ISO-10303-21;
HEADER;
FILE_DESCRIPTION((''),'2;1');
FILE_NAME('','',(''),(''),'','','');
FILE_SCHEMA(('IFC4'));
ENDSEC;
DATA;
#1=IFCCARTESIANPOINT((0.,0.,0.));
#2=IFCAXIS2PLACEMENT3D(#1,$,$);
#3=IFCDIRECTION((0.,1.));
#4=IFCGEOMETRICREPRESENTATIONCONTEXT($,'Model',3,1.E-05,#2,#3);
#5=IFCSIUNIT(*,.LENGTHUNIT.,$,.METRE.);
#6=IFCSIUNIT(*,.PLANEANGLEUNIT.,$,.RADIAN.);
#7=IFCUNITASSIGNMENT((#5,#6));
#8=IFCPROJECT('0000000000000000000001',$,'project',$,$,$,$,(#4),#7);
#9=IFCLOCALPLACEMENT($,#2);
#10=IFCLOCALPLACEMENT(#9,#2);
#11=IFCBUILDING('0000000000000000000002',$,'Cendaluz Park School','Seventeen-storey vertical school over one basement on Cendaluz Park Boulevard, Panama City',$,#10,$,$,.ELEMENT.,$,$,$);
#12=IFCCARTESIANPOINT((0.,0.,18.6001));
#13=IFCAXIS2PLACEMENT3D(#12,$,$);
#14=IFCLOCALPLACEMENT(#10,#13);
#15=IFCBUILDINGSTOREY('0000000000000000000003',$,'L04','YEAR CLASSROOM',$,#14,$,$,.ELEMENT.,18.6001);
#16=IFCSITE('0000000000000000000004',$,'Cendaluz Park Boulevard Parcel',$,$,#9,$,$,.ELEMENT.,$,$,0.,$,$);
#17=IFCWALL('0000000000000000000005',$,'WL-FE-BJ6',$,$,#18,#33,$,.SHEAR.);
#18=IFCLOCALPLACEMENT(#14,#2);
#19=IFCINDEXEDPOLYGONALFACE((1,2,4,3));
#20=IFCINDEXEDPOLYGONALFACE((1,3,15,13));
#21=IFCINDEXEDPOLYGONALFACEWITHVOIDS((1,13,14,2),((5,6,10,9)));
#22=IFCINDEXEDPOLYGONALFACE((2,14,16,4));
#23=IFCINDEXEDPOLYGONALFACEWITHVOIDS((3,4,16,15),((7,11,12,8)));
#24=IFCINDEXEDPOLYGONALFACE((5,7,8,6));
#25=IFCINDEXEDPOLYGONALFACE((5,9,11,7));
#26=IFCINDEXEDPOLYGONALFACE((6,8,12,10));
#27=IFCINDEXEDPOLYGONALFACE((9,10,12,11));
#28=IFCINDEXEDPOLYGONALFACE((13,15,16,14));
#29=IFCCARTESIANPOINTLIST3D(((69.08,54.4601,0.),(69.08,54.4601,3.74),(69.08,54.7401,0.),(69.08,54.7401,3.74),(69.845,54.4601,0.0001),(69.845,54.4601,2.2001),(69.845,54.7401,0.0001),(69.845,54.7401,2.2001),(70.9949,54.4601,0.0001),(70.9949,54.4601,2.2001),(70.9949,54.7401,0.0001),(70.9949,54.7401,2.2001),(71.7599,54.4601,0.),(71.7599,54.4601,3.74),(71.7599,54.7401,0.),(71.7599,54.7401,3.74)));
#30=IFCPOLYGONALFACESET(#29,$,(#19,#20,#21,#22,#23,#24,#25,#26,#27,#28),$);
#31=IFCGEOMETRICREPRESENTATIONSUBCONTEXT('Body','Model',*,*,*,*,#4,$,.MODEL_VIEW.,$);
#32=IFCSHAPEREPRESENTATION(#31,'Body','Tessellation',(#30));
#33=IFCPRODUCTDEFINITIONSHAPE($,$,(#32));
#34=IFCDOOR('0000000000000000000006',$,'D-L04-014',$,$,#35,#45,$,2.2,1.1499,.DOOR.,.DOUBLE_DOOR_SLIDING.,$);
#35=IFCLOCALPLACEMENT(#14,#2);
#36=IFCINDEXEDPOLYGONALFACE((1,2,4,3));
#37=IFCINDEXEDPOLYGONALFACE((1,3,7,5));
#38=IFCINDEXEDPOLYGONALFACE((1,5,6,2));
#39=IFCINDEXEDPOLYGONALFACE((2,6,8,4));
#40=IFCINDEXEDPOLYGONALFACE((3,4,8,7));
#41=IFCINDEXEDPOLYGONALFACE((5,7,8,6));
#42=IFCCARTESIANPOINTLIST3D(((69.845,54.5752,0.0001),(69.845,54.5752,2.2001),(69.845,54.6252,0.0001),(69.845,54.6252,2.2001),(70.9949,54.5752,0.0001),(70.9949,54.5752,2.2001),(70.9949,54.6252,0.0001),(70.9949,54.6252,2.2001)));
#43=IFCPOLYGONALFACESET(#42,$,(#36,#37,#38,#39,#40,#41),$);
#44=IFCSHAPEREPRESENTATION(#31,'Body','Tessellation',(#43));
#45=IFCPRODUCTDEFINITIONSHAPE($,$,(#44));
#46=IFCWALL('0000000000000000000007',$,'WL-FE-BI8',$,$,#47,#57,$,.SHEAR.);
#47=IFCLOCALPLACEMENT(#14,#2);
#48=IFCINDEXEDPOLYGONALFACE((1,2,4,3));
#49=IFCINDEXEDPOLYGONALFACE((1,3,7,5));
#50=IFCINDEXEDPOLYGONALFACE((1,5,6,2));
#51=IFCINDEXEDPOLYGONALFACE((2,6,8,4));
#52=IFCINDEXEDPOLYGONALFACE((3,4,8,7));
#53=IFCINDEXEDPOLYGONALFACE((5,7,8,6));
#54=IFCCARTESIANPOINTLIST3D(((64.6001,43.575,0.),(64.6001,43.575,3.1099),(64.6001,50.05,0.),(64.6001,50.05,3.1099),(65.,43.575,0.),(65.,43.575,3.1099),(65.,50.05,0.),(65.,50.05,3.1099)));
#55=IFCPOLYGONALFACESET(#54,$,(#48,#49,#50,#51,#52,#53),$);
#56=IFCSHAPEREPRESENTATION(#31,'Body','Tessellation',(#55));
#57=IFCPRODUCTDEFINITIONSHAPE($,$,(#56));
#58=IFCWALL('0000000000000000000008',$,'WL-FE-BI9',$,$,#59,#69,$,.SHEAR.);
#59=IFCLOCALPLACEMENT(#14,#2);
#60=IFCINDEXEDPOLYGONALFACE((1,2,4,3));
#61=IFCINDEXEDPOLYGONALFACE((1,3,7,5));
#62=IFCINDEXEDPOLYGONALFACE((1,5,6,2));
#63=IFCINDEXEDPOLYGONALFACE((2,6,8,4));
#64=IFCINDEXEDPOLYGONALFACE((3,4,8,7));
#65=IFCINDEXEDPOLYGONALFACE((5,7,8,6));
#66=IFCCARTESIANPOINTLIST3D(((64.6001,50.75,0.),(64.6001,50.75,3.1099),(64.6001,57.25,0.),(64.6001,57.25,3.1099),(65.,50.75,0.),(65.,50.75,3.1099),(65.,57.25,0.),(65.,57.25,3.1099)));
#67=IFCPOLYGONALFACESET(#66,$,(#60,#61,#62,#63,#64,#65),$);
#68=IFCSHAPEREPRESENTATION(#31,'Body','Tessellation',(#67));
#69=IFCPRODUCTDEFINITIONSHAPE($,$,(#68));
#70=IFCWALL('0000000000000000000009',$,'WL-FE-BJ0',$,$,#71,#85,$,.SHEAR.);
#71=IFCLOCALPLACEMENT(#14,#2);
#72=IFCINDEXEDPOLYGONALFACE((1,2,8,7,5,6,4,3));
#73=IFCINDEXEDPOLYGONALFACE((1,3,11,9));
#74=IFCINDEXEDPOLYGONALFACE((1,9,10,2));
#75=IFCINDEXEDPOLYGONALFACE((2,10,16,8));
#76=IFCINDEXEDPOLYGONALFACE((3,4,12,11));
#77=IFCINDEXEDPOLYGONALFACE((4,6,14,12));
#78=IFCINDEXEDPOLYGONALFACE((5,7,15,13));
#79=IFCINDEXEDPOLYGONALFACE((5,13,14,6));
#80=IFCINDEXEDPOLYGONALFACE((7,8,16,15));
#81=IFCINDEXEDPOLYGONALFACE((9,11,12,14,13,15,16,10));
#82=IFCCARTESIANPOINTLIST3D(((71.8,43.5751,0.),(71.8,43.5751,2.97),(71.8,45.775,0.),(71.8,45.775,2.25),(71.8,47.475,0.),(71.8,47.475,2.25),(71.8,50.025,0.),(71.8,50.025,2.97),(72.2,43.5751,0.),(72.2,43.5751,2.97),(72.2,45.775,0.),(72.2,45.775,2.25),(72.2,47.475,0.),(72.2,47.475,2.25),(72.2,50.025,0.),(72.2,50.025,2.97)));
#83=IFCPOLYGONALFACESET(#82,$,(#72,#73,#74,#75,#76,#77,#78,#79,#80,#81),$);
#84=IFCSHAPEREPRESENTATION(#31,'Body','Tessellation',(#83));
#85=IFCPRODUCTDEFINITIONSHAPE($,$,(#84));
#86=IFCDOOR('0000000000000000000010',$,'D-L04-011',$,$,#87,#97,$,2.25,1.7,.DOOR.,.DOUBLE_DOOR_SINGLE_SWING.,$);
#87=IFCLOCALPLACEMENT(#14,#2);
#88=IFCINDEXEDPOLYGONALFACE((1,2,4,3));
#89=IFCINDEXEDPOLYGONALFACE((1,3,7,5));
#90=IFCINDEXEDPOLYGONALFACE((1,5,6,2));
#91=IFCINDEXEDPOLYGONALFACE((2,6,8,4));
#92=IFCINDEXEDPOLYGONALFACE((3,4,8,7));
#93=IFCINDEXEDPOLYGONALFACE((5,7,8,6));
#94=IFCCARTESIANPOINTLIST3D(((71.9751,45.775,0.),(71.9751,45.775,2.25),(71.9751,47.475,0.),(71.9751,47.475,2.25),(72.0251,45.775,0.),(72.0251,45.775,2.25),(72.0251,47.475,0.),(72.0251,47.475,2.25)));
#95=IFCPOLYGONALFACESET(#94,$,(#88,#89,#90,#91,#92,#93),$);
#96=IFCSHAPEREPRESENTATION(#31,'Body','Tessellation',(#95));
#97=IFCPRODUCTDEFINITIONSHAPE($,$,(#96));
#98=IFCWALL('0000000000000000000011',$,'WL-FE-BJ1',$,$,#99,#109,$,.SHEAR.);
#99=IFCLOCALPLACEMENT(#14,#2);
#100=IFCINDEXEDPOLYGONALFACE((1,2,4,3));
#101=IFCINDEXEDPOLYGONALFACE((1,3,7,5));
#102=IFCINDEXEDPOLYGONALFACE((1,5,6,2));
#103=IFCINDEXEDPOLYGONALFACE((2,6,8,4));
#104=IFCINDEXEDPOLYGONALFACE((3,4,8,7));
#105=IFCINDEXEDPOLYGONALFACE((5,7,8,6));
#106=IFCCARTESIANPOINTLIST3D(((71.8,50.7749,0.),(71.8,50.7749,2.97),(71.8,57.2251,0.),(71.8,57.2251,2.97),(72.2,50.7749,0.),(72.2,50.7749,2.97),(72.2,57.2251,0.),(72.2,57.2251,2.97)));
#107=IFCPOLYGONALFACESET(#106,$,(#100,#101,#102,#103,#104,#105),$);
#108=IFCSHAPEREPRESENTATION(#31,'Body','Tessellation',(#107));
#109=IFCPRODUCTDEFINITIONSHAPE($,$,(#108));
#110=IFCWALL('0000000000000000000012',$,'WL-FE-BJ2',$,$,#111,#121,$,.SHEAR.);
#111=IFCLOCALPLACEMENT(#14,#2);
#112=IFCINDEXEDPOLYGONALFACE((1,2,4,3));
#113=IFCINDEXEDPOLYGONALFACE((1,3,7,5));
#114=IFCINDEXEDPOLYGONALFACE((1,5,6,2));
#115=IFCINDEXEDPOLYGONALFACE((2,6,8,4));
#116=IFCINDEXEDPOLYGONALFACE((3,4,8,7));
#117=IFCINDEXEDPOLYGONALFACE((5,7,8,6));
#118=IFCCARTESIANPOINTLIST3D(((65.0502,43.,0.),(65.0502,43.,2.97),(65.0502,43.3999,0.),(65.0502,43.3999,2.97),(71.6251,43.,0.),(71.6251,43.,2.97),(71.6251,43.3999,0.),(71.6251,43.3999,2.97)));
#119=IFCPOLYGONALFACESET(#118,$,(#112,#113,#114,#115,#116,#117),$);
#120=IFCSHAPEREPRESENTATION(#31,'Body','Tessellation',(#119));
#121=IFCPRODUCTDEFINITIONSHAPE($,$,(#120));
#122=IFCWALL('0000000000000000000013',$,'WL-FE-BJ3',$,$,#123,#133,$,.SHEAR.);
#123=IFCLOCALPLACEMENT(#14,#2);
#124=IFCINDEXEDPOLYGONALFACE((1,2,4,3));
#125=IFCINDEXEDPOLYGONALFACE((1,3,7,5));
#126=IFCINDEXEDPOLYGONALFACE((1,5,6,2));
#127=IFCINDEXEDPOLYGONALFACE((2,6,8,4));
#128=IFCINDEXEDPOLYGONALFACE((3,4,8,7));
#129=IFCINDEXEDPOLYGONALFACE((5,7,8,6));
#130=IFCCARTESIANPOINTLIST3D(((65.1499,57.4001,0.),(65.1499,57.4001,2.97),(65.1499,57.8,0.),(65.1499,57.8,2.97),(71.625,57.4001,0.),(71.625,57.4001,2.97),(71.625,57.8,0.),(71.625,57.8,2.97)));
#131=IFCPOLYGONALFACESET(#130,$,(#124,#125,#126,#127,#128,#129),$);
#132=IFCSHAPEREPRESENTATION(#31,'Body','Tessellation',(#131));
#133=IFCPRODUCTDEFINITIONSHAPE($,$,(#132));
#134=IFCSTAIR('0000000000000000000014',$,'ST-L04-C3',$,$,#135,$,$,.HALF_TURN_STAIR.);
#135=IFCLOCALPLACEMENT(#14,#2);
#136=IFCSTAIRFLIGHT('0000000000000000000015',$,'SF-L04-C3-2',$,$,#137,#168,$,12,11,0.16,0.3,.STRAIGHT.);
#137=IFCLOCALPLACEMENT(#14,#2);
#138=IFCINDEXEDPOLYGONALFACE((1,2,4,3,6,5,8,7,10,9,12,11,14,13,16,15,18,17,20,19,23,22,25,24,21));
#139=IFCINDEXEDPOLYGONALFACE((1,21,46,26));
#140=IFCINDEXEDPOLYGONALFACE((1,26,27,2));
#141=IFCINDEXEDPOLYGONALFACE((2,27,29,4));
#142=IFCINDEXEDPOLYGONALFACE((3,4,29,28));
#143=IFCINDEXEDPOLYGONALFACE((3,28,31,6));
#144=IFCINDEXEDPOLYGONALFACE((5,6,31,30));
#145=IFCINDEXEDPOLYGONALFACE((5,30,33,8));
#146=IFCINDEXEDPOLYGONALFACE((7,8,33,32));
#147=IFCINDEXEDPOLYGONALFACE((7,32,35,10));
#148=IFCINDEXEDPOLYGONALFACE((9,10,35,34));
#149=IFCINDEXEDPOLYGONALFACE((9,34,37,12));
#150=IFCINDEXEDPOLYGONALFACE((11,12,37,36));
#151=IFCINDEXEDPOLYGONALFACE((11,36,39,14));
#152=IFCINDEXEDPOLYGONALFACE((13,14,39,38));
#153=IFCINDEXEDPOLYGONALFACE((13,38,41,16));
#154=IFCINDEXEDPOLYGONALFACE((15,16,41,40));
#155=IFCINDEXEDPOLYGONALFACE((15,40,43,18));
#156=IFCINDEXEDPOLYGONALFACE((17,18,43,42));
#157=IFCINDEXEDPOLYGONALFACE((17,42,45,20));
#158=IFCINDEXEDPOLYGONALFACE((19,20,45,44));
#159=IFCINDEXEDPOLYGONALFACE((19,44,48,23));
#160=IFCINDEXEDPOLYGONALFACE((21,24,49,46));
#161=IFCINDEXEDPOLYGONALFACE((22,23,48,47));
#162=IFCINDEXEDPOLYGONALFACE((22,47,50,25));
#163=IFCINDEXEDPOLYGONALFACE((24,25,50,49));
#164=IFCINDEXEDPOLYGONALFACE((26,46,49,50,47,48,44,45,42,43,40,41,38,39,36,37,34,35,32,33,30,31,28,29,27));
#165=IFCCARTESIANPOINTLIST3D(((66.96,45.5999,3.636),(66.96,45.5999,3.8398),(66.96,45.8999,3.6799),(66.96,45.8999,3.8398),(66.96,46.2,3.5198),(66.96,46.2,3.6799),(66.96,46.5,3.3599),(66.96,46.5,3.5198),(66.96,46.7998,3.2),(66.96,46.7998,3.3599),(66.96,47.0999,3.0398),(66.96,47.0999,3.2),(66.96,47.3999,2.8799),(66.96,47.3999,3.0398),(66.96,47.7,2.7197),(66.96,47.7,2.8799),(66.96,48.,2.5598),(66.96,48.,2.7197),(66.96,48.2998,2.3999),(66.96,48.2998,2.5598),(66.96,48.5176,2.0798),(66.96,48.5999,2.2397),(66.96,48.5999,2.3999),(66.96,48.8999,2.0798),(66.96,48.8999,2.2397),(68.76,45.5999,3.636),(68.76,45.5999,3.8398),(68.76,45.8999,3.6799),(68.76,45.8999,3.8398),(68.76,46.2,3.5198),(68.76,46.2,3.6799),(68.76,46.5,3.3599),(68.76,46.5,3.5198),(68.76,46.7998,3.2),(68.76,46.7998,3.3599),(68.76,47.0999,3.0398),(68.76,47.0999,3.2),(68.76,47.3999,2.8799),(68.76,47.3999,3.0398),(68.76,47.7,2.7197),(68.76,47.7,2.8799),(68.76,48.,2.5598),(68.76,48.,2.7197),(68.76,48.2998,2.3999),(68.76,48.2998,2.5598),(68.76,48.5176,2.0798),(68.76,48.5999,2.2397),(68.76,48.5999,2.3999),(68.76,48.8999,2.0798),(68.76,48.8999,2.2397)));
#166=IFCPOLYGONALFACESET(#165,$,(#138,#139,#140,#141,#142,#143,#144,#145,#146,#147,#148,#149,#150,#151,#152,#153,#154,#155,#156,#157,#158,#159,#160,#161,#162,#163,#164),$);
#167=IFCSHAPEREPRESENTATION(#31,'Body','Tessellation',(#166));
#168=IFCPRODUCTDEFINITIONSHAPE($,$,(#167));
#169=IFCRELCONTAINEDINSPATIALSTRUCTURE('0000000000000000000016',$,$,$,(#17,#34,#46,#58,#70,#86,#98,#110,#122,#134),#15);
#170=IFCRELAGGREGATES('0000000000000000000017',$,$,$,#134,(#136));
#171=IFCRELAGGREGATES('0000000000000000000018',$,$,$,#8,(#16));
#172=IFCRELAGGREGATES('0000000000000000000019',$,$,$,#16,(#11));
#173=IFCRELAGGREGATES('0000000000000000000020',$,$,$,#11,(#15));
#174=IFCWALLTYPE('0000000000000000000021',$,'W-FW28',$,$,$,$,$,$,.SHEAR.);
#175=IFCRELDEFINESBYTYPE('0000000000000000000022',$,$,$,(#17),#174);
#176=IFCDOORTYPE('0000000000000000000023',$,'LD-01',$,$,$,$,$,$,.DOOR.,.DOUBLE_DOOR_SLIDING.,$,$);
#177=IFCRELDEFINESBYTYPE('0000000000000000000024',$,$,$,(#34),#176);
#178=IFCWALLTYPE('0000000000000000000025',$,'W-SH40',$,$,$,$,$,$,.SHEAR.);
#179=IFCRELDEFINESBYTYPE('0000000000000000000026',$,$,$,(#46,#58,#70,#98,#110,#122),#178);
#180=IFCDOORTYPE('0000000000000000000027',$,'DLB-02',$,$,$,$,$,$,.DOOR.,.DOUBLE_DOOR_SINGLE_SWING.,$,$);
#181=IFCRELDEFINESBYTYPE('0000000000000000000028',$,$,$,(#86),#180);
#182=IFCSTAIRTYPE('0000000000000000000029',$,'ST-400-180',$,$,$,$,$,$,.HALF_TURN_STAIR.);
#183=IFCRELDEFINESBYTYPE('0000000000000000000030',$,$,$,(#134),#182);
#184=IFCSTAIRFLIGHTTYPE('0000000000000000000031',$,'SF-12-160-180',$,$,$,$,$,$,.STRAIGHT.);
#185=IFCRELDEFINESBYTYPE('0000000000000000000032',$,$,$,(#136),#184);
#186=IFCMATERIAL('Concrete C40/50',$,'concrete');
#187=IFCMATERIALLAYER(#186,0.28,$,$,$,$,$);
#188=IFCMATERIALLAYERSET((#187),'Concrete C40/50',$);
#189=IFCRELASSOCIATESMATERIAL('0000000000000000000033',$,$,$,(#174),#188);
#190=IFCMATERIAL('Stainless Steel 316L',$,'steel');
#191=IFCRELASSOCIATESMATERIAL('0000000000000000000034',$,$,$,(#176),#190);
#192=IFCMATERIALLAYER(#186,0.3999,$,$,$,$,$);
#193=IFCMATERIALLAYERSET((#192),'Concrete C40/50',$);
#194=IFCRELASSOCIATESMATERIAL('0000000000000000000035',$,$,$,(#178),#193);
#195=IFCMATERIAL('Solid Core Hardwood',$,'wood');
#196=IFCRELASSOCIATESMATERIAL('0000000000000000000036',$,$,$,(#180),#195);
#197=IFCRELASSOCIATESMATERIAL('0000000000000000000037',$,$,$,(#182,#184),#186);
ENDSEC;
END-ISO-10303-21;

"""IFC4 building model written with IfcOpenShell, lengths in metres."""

from ifc_helpers import new_model, si_unit, direction, frame, frame_2d, origin, place, context, subcontext, project, spatial, polyline, rectangle, outline, extrude, material, layer, layer_set, type_object, element, fill, aggregate, save


model = new_model("IFC4")

# Units and contexts
model_context = context("Model", 3, precision=1e-05, world=origin(), true_north=direction((0.0, 1.0)))
body_context = subcontext(model_context, "Body", "Model", "MODEL_VIEW")
ifc_project = project(units=[si_unit("LENGTHUNIT", "METRE"), si_unit("PLANEANGLEUNIT", "RADIAN")], contexts=[model_context])

# Site, building, storey
site_placement = place(None, origin())
site = spatial("IfcSite", under=ifc_project, at=site_placement, Name="Cendaluz Park Boulevard Parcel", CompositionType="ELEMENT", RefElevation=0.0)
building_placement = place(site_placement, origin())
building = spatial("IfcBuilding", under=site, at=building_placement, Name="Cendaluz Park School", Description="Seventeen-storey vertical school over one basement on Cendaluz Park Boulevard, Panama City", CompositionType="ELEMENT")
storey_placement = place(building_placement, frame((0.0, 0.0, 18.6001)))
storey = spatial("IfcBuildingStorey", under=building, at=storey_placement, Name="L04", Description="YEAR CLASSROOM", CompositionType="ELEMENT", Elevation=18.6001)

# Shared definitions
ifc_material_1 = material(Name="Concrete C40/50", Category="concrete")

# Shared definitions
ifc_layer_1 = layer(ifc_material_1, 0.28)
ifc_layer_set_1 = layer_set([ifc_layer_1], Name="Concrete C40/50")
wall_type_1 = type_object("IfcWallType", Name="W-FW28", PredefinedType="SHEAR", material=ifc_layer_set_1)
ifc_material_2 = material(Name="Solid Core Hardwood", Category="wood")

# Wall, opening, door
wall_1_placement = place(storey_placement, frame((69.0801, 54.6001, 0.0), z_axis=(0.0, 0.0, 1.0), x_axis=(1.0, 0.0, 0.0)))
wall_1 = element("IfcWall", 1, at=wall_1_placement, inside=storey, type_object=wall_type_1, Name="WL-FE-BJ6", PredefinedType="SHEAR", context=body_context, shape_type="SweptSolid", body=[
    extrude(rectangle(XDim=2.6799, YDim=0.28, at=frame_2d((1.3398, 0.0))), origin(), (0.0, 0.0, 1.0), 3.74),
])
opening_1_placement = place(wall_1_placement, frame((0.7649, 0.0, 0.0)))
opening_1 = element("IfcOpeningElement", 2, at=opening_1_placement, cuts=wall_1, PredefinedType="OPENING", context=body_context, shape_type="SweptSolid", body=[
    extrude(rectangle(XDim=1.1499, YDim=2.2, at=frame_2d((0.575, 1.1001))), frame((0.0, 0.1521, 0.0), z_axis=(0.0, -1.0, 0.0), x_axis=(1.0, 0.0, 0.0)), (0.0, 0.0, 1.0), 0.304),
])
ifc_material_3 = material(Name="Stainless Steel 316L", Category="steel")
door_type_1 = type_object("IfcDoorType", Name="LD-01", OperationType="DOUBLE_DOOR_SLIDING", PredefinedType="DOOR", material=ifc_material_3)
door_1_placement = place(opening_1_placement, frame((1.1499, 0.0, 0.0), z_axis=(0.0, 0.0, 1.0), x_axis=(-1.0, 0.0, 0.0)))
door_1 = element("IfcDoor", 3, at=door_1_placement, inside=storey, type_object=door_type_1, Name="D-L04-014", OperationType="DOUBLE_DOOR_SLIDING", OverallHeight=2.2, OverallWidth=1.1499, PredefinedType="DOOR", context=body_context, shape_type="SweptSolid", body=[
    extrude(rectangle(XDim=1.1499, YDim=2.2, at=frame_2d((0.575, 1.1001))), frame((0.0, 0.0249, 0.0), z_axis=(0.0, -1.0, 0.0), x_axis=(1.0, 0.0, 0.0)), (0.0, 0.0, 1.0), 0.05),
])
fill(opening_1, door_1)

# Walls
ifc_layer_2 = layer(ifc_material_1, 0.3999)
ifc_layer_set_2 = layer_set([ifc_layer_2], Name="Concrete C40/50")
wall_type_2 = type_object("IfcWallType", Name="W-SH40", PredefinedType="SHEAR", material=ifc_layer_set_2)
wall_2_placement = place(storey_placement, frame((64.8, 43.575, 0.0), z_axis=(0.0, 0.0, 1.0), x_axis=(0.0, 1.0, 0.0)))
element("IfcWall", 4, at=wall_2_placement, inside=storey, type_object=wall_type_2, Name="WL-FE-BI8", PredefinedType="SHEAR", context=body_context, shape_type="SweptSolid", body=[
    extrude(rectangle(XDim=6.4751, YDim=0.3999, at=frame_2d((3.2375, 0.0))), origin(), (0.0, 0.0, 1.0), 3.1099),
])
wall_3_placement = place(storey_placement, frame((64.8, 50.75, 0.0), z_axis=(0.0, 0.0, 1.0), x_axis=(0.0, 1.0, 0.0)))
element("IfcWall", 5, at=wall_3_placement, inside=storey, type_object=wall_type_2, Name="WL-FE-BI9", PredefinedType="SHEAR", context=body_context, shape_type="SweptSolid", body=[
    extrude(rectangle(XDim=6.5, YDim=0.3999, at=frame_2d((3.25, 0.0))), origin(), (0.0, 0.0, 1.0), 3.1099),
])

# Wall, opening, door
wall_4_placement = place(storey_placement, frame((72.0, 43.575, 0.0), z_axis=(0.0, 0.0, 1.0), x_axis=(0.0, 1.0, 0.0)))
wall_4 = element("IfcWall", 6, at=wall_4_placement, inside=storey, type_object=wall_type_2, Name="WL-FE-BJ0", PredefinedType="SHEAR", context=body_context, shape_type="SweptSolid", body=[
    extrude(rectangle(XDim=6.45, YDim=0.3999, at=frame_2d((3.2251, 0.0))), origin(), (0.0, 0.0, 1.0), 2.97),
])
opening_2_placement = place(wall_4_placement, frame((2.2, 0.0, 0.0)))
opening_2 = element("IfcOpeningElement", 7, at=opening_2_placement, cuts=wall_4, PredefinedType="OPENING", context=body_context, shape_type="SweptSolid", body=[
    extrude(rectangle(XDim=1.7, YDim=2.25, at=frame_2d((0.8501, 1.125))), frame((0.0, 0.2119, 0.0), z_axis=(0.0, -1.0, 0.0), x_axis=(1.0, 0.0, 0.0)), (0.0, 0.0, 1.0), 0.4238),
])
door_type_2 = type_object("IfcDoorType", Name="DLB-02", OperationType="DOUBLE_DOOR_SINGLE_SWING", PredefinedType="DOOR", material=ifc_material_2)
door_2_placement = place(opening_2_placement, origin())
door_2 = element("IfcDoor", 8, at=door_2_placement, inside=storey, type_object=door_type_2, Name="D-L04-011", OperationType="DOUBLE_DOOR_SINGLE_SWING", OverallHeight=2.25, OverallWidth=1.7, PredefinedType="DOOR", context=body_context, shape_type="SweptSolid", body=[
    extrude(rectangle(XDim=1.7, YDim=2.25, at=frame_2d((0.8501, 1.125))), frame((0.0, 0.0249, 0.0), z_axis=(0.0, -1.0, 0.0), x_axis=(1.0, 0.0, 0.0)), (0.0, 0.0, 1.0), 0.05),
])
fill(opening_2, door_2)

# Walls
wall_5_placement = place(storey_placement, frame((72.0, 50.7749, 0.0), z_axis=(0.0, 0.0, 1.0), x_axis=(0.0, 1.0, 0.0)))
element("IfcWall", 9, at=wall_5_placement, inside=storey, type_object=wall_type_2, Name="WL-FE-BJ1", PredefinedType="SHEAR", context=body_context, shape_type="SweptSolid", body=[
    extrude(rectangle(XDim=6.4502, YDim=0.3999, at=frame_2d((3.2251, 0.0))), origin(), (0.0, 0.0, 1.0), 2.97),
])
wall_6_placement = place(storey_placement, frame((65.05, 43.2, 0.0), z_axis=(0.0, 0.0, 1.0), x_axis=(1.0, 0.0, 0.0)))
element("IfcWall", 10, at=wall_6_placement, inside=storey, type_object=wall_type_2, Name="WL-FE-BJ2", PredefinedType="SHEAR", context=body_context, shape_type="SweptSolid", body=[
    extrude(rectangle(XDim=6.575, YDim=0.3999, at=frame_2d((3.2876, 0.0))), origin(), (0.0, 0.0, 1.0), 2.97),
])
wall_7_placement = place(storey_placement, frame((65.1499, 57.6001, 0.0), z_axis=(0.0, 0.0, 1.0), x_axis=(1.0, 0.0, 0.0)))
element("IfcWall", 11, at=wall_7_placement, inside=storey, type_object=wall_type_2, Name="WL-FE-BJ3", PredefinedType="SHEAR", context=body_context, shape_type="SweptSolid", body=[
    extrude(rectangle(XDim=6.4751, YDim=0.3999, at=frame_2d((3.2375, 0.0))), origin(), (0.0, 0.0, 1.0), 2.97),
])

# Stair, stair flight
stair_type = type_object("IfcStairType", Name="ST-400-180", PredefinedType="HALF_TURN_STAIR", material=ifc_material_1)
stair_placement = place(storey_placement, origin())
stair = element("IfcStair", 12, at=stair_placement, inside=storey, type_object=stair_type, Name="ST-L04-C3", PredefinedType="HALF_TURN_STAIR")
stair_flight_type_1 = type_object("IfcStairFlightType", Name="SF-12-160-180", PredefinedType="STRAIGHT", material=ifc_material_1)
stair_flight_1_placement = place(storey_placement, frame((67.8601, 48.8999, 2.0798), z_axis=(0.0, 0.0, 1.0), x_axis=(0.0, -1.0, 0.0)))
stair_flight_1 = element("IfcStairFlight", 13, at=stair_flight_1_placement, type_object=stair_flight_type_1, Name="SF-L04-C3-2", NumberOfRisers=12, NumberOfTreads=11, PredefinedType="STRAIGHT", RiserHeight=0.16, TreadLength=0.3, context=body_context, shape_type="SweptSolid", body=[
    extrude(outline(polyline([(0.0, 0.0), (0.0, 0.1599), (0.3, 0.1599), (0.3, 0.3201), (0.6001, 0.3201), (0.6001, 0.48), (0.8999, 0.48), (0.8999, 0.6399), (1.2, 0.6399), (1.2, 0.8), (1.5, 0.8), (1.5, 0.96), (1.8, 0.96), (1.8, 1.1201), (2.1001, 1.1201), (2.1001, 1.28), (2.3999, 1.28), (2.3999, 1.4399), (2.7, 1.4399), (2.7, 1.6001), (3.0, 1.6001), (3.0, 1.76), (3.3, 1.76), (3.3, 1.9199), (3.3, 1.5562), (0.3823, 0.0), (0.0, 0.0)])), frame((0.0, 0.8999, 0.0), z_axis=(0.0, -1.0, 0.0), x_axis=(1.0, 0.0, 0.0)), (0.0, 0.0, 1.0), 1.8),
])
aggregate(stair, [stair_flight_1])

save(model, "model.ifc")
